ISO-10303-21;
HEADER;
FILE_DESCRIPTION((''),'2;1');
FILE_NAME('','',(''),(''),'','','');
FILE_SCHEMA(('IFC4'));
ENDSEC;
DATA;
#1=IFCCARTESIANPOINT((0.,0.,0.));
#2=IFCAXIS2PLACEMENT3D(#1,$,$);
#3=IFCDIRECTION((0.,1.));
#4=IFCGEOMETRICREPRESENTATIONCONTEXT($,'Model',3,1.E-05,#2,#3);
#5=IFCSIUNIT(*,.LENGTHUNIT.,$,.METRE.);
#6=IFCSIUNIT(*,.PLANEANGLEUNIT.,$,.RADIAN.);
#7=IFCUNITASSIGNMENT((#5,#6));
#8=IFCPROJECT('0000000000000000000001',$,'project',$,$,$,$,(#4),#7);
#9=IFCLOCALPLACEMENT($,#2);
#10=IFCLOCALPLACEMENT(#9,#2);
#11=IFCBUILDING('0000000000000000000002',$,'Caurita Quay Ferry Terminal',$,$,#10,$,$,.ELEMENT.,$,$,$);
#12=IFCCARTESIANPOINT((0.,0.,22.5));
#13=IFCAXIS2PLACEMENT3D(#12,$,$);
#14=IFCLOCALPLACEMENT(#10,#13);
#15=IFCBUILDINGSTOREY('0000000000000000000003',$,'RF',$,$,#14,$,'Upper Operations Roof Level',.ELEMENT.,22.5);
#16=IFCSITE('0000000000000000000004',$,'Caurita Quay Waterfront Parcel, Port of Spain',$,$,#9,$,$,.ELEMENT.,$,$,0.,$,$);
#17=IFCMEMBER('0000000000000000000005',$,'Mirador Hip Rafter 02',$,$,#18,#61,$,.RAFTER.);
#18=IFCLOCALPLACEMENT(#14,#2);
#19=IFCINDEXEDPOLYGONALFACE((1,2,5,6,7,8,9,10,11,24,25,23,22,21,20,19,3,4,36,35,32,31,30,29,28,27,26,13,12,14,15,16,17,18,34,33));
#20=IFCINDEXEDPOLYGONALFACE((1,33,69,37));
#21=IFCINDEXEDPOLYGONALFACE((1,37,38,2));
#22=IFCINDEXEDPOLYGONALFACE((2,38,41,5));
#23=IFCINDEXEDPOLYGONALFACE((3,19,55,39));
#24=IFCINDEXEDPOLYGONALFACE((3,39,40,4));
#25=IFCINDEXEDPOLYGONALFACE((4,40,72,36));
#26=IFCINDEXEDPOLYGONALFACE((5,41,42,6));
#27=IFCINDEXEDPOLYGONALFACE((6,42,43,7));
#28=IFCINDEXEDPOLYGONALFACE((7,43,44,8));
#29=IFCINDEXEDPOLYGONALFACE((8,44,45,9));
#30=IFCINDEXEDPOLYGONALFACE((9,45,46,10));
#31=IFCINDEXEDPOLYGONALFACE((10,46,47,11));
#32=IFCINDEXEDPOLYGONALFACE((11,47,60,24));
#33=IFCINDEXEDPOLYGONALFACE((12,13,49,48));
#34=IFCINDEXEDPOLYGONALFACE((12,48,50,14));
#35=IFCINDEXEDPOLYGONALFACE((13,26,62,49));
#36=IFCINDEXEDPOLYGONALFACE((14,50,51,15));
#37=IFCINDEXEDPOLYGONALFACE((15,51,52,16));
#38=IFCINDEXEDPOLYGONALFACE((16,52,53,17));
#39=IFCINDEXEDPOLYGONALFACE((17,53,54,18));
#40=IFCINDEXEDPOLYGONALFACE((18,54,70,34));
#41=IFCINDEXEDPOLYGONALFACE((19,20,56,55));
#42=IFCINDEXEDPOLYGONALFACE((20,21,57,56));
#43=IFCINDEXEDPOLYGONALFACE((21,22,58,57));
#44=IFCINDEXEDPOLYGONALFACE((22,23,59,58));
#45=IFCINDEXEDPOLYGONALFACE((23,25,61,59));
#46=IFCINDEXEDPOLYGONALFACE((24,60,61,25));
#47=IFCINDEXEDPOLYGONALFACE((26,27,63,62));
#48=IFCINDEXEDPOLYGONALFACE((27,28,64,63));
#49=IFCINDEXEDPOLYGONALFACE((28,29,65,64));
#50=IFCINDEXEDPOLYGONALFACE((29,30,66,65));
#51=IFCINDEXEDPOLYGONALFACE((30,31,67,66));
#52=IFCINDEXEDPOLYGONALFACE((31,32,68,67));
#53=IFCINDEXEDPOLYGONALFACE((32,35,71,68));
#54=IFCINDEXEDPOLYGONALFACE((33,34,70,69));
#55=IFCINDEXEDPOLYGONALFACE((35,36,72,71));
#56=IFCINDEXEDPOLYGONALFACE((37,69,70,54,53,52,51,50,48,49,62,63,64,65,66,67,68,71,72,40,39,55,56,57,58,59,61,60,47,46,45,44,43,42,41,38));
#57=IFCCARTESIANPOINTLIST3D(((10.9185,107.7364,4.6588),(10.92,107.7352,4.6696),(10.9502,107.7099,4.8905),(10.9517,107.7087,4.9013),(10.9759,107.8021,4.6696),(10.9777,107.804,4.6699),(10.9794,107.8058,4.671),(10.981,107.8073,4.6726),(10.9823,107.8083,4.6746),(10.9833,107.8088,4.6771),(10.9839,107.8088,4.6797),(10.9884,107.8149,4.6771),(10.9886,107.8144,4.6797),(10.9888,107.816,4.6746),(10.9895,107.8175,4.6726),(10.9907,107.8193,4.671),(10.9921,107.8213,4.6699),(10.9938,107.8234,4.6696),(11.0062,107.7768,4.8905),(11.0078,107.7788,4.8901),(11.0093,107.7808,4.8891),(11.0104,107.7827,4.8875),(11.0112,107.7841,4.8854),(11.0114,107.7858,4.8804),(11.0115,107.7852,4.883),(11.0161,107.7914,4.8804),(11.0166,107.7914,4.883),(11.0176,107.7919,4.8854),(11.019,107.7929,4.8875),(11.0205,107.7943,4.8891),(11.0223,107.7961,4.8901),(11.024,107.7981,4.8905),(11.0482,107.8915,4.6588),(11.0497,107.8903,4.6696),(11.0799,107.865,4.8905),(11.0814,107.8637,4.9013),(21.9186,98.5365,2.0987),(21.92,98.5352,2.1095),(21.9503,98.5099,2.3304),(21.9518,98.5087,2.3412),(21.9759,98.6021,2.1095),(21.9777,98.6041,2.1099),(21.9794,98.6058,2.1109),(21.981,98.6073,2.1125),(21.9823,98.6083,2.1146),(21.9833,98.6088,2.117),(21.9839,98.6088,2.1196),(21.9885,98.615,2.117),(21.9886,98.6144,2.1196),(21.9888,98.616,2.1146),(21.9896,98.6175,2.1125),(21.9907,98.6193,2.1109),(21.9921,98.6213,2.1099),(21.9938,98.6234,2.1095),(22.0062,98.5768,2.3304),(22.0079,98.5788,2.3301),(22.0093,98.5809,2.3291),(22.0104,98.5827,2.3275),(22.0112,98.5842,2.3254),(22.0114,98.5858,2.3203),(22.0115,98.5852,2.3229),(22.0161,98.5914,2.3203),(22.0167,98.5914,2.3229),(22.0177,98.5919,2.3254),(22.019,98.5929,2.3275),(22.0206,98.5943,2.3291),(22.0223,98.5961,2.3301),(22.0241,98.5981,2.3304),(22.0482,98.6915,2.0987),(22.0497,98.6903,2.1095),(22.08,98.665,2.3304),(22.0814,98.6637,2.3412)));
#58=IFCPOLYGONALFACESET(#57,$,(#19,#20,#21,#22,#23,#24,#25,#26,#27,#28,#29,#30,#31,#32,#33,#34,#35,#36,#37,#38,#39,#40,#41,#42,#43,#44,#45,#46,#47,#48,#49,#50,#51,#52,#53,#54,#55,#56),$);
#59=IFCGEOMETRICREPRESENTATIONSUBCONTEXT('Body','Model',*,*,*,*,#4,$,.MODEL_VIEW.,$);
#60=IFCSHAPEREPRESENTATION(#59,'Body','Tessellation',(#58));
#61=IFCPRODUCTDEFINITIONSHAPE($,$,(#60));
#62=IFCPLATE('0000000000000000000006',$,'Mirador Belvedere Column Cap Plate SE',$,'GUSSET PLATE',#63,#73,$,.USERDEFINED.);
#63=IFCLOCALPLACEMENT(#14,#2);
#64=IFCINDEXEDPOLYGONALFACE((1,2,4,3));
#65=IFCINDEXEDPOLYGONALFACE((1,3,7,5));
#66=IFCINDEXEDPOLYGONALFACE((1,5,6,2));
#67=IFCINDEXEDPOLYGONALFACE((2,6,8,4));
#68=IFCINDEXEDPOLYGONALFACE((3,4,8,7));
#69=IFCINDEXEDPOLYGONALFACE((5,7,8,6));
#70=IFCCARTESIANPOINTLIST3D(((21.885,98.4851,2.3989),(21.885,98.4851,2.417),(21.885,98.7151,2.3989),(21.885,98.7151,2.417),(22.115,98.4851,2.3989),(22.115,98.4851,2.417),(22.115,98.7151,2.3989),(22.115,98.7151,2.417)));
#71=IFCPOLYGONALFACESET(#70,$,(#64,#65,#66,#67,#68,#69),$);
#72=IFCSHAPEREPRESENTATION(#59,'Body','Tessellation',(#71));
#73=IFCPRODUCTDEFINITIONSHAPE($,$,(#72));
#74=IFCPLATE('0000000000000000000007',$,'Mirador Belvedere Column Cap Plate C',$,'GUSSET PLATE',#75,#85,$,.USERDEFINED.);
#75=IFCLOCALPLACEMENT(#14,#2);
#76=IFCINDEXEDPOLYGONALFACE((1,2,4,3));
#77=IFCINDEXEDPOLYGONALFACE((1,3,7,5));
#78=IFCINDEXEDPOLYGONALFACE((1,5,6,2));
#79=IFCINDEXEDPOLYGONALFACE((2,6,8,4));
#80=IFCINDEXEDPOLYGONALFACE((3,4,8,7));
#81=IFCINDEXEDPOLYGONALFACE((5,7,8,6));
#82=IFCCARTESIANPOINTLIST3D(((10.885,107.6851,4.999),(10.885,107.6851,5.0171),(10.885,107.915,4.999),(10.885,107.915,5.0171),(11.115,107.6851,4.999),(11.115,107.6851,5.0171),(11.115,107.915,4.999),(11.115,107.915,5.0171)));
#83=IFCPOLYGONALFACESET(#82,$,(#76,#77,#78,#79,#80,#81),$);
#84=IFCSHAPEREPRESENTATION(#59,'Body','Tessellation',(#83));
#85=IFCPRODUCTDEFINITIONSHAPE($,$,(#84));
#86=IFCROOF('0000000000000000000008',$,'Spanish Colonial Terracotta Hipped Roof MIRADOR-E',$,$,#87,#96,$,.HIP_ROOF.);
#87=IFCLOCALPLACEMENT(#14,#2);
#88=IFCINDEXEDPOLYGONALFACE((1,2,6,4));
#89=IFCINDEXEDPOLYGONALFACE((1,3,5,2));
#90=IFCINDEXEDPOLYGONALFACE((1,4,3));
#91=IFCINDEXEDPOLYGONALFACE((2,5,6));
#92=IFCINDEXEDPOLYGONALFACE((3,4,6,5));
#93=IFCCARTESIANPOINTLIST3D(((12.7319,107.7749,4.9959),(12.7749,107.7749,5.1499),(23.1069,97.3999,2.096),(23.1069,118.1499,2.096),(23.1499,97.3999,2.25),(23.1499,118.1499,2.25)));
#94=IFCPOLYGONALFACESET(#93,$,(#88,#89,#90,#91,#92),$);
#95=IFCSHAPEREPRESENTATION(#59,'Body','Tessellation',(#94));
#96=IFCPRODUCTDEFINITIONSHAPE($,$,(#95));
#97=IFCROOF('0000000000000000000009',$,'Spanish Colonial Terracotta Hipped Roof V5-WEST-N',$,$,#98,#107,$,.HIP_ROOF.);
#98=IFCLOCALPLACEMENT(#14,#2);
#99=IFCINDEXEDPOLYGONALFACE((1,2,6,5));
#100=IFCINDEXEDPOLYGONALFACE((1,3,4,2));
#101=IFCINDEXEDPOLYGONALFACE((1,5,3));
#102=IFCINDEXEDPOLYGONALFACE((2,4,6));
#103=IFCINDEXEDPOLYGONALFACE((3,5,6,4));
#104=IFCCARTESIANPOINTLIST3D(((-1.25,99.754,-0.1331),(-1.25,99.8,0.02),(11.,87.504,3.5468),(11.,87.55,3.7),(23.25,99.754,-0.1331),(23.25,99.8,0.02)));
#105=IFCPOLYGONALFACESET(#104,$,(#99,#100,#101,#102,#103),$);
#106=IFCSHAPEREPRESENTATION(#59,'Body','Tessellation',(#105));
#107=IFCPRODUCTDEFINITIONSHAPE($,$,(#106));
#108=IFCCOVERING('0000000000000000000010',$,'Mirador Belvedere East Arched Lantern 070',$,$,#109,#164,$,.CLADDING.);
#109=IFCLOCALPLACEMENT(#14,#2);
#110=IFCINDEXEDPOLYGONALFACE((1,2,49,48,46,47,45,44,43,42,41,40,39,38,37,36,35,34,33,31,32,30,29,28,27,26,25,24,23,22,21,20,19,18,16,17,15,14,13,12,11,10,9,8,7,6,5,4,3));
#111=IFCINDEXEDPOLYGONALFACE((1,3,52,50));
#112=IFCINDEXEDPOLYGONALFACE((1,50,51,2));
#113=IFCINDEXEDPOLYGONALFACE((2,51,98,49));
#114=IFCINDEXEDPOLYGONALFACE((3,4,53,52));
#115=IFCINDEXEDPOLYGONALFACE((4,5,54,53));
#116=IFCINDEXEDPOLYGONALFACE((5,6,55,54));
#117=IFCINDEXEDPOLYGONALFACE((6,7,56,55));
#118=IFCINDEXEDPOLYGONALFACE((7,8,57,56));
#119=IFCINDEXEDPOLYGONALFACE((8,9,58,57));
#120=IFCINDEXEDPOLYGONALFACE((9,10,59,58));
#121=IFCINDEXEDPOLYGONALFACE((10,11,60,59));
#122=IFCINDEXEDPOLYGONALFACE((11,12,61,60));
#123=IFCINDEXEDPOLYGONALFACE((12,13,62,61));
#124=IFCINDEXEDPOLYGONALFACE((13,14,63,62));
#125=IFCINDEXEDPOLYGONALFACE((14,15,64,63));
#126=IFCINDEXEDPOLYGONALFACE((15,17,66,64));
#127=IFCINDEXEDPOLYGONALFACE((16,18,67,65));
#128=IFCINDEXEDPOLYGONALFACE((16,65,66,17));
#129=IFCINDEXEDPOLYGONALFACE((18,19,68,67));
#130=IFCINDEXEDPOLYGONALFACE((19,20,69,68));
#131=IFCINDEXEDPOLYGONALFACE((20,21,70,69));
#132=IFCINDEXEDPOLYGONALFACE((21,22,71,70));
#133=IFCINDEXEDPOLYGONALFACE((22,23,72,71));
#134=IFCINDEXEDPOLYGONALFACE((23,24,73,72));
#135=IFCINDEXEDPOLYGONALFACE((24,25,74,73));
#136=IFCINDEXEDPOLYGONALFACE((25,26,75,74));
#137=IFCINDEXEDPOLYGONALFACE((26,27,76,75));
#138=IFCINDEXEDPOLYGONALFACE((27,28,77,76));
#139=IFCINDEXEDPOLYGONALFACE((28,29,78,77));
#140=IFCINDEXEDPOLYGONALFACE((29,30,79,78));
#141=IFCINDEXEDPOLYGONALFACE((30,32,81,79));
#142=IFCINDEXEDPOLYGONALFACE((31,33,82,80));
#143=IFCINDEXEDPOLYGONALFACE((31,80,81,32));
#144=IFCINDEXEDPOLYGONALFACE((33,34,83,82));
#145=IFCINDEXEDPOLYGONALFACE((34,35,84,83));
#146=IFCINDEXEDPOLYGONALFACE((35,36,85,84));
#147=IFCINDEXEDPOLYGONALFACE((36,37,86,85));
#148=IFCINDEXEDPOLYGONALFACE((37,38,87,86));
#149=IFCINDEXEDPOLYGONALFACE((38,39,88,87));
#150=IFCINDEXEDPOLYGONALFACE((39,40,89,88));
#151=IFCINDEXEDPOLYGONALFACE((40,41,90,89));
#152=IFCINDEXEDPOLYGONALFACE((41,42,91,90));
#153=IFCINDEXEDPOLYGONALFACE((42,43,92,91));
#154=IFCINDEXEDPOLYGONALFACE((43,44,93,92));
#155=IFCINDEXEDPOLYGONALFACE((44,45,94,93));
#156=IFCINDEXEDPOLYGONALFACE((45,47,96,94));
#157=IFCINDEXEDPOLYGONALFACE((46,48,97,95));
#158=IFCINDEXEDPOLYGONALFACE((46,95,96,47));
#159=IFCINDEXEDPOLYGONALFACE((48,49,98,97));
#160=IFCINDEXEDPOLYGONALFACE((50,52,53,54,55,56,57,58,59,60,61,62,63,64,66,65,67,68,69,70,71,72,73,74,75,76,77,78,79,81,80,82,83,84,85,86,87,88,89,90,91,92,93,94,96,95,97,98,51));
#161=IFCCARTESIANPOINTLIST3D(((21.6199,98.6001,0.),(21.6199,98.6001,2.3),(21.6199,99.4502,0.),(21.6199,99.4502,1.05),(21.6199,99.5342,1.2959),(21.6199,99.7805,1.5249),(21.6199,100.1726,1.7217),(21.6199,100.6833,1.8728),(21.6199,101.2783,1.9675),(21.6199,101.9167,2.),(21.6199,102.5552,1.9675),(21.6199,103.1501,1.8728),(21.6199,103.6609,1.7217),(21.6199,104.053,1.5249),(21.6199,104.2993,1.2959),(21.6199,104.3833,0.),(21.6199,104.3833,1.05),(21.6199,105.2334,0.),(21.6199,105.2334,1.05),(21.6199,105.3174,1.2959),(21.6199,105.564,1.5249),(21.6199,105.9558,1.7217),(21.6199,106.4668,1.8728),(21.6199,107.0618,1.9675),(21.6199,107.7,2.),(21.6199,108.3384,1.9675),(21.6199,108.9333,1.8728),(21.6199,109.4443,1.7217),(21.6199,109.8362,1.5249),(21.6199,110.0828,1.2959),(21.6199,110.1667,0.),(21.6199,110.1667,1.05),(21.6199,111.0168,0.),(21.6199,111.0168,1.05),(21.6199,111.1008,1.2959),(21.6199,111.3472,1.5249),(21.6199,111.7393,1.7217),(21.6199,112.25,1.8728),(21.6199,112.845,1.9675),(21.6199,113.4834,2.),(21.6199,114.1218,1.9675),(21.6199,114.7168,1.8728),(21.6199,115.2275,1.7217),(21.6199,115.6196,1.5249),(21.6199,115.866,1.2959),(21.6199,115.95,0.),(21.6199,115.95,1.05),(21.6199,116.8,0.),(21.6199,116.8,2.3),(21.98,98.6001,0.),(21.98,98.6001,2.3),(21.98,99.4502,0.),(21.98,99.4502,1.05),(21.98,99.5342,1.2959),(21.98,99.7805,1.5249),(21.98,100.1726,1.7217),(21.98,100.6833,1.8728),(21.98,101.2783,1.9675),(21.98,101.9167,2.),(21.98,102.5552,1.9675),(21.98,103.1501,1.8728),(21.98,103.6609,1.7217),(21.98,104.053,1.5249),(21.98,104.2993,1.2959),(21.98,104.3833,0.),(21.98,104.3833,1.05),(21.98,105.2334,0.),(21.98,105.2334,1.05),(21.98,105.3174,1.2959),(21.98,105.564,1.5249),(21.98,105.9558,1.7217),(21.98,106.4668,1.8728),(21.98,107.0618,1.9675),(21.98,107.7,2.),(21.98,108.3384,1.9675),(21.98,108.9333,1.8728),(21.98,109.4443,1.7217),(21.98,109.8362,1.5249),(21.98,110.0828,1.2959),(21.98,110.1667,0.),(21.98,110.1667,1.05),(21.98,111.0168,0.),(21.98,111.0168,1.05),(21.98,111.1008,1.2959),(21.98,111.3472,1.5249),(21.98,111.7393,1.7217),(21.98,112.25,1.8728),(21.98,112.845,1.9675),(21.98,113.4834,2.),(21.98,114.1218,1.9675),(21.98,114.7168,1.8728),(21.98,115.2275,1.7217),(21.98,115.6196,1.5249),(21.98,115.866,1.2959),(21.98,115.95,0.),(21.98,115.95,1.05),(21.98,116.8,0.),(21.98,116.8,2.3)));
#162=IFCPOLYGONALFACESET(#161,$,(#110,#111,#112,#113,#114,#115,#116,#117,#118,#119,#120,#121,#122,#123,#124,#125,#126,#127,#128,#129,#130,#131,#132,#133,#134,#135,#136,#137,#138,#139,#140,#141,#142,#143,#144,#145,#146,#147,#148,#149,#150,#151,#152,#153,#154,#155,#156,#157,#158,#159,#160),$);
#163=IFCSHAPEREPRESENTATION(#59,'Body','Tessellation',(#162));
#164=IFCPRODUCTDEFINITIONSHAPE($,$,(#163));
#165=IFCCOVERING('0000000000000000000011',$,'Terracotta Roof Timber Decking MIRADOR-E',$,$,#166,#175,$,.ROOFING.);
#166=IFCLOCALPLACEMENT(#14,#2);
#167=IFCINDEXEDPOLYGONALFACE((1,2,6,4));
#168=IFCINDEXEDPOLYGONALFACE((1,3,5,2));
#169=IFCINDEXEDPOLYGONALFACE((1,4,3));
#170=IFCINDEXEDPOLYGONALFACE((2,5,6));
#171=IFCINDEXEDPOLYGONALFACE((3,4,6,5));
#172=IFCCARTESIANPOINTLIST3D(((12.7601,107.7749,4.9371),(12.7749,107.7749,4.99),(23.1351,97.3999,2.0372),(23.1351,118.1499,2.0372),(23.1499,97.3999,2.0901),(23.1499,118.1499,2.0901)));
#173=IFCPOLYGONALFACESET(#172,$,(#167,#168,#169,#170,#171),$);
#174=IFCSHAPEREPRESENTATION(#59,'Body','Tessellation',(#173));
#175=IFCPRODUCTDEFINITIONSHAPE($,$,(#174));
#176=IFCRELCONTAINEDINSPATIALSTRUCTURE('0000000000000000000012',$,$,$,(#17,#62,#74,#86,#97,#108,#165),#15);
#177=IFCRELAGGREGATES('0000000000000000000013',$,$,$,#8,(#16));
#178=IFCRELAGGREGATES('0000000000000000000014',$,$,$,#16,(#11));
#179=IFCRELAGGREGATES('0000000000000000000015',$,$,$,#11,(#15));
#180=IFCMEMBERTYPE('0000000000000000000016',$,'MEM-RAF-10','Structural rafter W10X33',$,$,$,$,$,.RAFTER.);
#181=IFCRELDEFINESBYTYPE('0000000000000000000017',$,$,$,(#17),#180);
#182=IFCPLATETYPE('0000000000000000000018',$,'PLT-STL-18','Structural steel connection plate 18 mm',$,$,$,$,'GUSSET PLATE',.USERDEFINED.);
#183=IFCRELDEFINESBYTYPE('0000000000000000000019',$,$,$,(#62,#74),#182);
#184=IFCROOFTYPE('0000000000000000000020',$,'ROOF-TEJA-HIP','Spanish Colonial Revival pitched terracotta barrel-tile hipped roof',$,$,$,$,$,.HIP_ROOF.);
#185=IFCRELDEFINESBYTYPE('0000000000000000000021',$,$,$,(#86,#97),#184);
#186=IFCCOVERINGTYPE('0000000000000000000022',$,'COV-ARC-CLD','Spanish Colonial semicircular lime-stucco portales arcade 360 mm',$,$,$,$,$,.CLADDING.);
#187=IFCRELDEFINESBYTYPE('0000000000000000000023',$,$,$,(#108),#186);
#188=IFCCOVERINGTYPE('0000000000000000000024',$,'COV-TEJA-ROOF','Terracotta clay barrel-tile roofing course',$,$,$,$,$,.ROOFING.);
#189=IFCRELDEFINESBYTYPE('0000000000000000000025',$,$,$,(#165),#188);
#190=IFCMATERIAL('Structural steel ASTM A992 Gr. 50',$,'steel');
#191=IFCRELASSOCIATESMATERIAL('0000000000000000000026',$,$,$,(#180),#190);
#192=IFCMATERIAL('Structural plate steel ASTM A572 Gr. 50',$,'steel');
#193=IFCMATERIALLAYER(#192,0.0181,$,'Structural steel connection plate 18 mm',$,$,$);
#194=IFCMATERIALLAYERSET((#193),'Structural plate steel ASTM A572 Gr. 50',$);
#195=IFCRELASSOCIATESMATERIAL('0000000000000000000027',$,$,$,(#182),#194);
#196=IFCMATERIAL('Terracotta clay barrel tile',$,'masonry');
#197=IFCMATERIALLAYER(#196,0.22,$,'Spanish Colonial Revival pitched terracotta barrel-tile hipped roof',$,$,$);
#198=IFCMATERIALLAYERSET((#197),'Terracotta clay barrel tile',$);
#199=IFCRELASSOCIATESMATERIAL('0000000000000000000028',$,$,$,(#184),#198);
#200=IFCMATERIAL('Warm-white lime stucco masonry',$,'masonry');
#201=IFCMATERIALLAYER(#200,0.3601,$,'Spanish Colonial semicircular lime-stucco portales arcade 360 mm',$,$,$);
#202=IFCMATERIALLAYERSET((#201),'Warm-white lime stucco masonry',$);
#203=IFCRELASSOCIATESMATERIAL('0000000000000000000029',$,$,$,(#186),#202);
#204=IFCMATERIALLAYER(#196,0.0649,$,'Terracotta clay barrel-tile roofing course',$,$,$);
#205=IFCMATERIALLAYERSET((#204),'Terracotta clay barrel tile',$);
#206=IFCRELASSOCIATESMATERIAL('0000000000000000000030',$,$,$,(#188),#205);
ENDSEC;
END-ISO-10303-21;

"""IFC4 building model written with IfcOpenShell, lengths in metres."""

from ifc_helpers import new_model, si_unit, direction, frame, origin, origin_2d, place, context, subcontext, project, spatial, polyline, rectangle, i_section, outline, extrude, material, layer, layer_set, material_profile, profile_set, type_object, element, save


model = new_model("IFC4")

# Units and contexts
model_context = context("Model", 3, precision=1e-05, world=origin(), true_north=direction((0.0, 1.0)))
body_context = subcontext(model_context, "Body", "Model", "MODEL_VIEW")
ifc_project = project(units=[si_unit("LENGTHUNIT", "METRE"), si_unit("PLANEANGLEUNIT", "RADIAN")], contexts=[model_context])

# Site, building, storey
site_placement = place(None, origin())
site = spatial("IfcSite", under=ifc_project, at=site_placement, Name="Caurita Quay Waterfront Parcel, Port of Spain", CompositionType="ELEMENT", RefElevation=0.0)
building_placement = place(site_placement, origin())
building = spatial("IfcBuilding", under=site, at=building_placement, Name="Caurita Quay Ferry Terminal", CompositionType="ELEMENT")
storey_placement = place(building_placement, frame((0.0, 0.0, 22.5)))
storey = spatial("IfcBuildingStorey", under=building, at=storey_placement, Name="RF", LongName="Upper Operations Roof Level", CompositionType="ELEMENT", Elevation=22.5)

# Shared definitions
ifc_material_1 = material(Name="Structural steel ASTM A992 Gr. 50", Category="steel")

# Member
ifc_material_profile_1 = material_profile(ifc_material_1, i_section(OverallWidth=0.2021, OverallDepth=0.2463, WebThickness=0.0073, FlangeThickness=0.011, FilletRadius=0.0103, at=origin_2d()), Name="W10X33")
ifc_profile_set_1 = profile_set([ifc_material_profile_1], Name="Structural steel ASTM A992 Gr. 50")
member_type = type_object("IfcMemberType", Name="MEM-RAF-10", Description="Structural rafter W10X33", PredefinedType="RAFTER", material=ifc_profile_set_1)
member_placement = place(storey_placement, frame((22.0, 98.6001, 2.22), z_axis=(-0.755139, 0.631568, 0.175746), x_axis=(-0.641553, -0.767079, 0.0)))
element("IfcMember", 1, at=member_placement, inside=storey, type_object=member_type, Name="Mirador Hip Rafter 02", PredefinedType="RAFTER", context=body_context, shape_type="SweptSolid", body=[
    extrude(i_section(OverallWidth=0.2021, OverallDepth=0.2463, WebThickness=0.0073, FlangeThickness=0.011, FilletRadius=0.0103, at=origin_2d()), origin(), (0.0, 0.0, 1.0), 14.5669),
])

# Plates
ifc_material_2 = material(Name="Structural plate steel ASTM A572 Gr. 50", Category="steel")
ifc_layer_1 = layer(ifc_material_2, 0.0181, Name="Structural steel connection plate 18 mm")
ifc_layer_set_1 = layer_set([ifc_layer_1], Name="Structural plate steel ASTM A572 Gr. 50")
plate_type = type_object("IfcPlateType", Name="PLT-STL-18", Description="Structural steel connection plate 18 mm", ElementType="GUSSET PLATE", PredefinedType="USERDEFINED", material=ifc_layer_set_1)
for number, where, z_axis, x_axis, name in (
    (2, (22.0, 98.6001, 2.3989), (0.0, 0.0, 1.0), (1.0, 0.0, 0.0), "Mirador Belvedere Column Cap Plate SE"),
    (3, (11.0, 107.8, 4.999), (0.0, 0.0, 1.0), (1.0, 0.0, 0.0), "Mirador Belvedere Column Cap Plate C"),
):
    element("IfcPlate", number, at=place(storey_placement, frame(where, z_axis=z_axis, x_axis=x_axis)), inside=storey, type_object=plate_type, Name=name, ObjectType="GUSSET PLATE", PredefinedType="USERDEFINED", context=body_context, shape_type="SweptSolid", body=[
        extrude(rectangle(XDim=0.23, YDim=0.23, at=origin_2d()), origin(), (0.0, 0.0, 1.0), 0.0181),
    ])

# Roofs
ifc_material_3 = material(Name="Terracotta clay barrel tile", Category="masonry")
ifc_layer_2 = layer(ifc_material_3, 0.22, Name="Spanish Colonial Revival pitched terracotta barrel-tile hipped roof")
ifc_layer_set_2 = layer_set([ifc_layer_2], Name="Terracotta clay barrel tile")
roof_type = type_object("IfcRoofType", Name="ROOF-TEJA-HIP", Description="Spanish Colonial Revival pitched terracotta barrel-tile hipped roof", PredefinedType="HIP_ROOF", material=ifc_layer_set_2)
roof_1_placement = place(storey_placement, frame((23.1499, 97.3999, 2.25), z_axis=(0.269191, 0.0, 0.963087), x_axis=(0.0, 1.0, 0.0)))
element("IfcRoof", 4, at=roof_1_placement, inside=storey, type_object=roof_type, Name="Spanish Colonial Terracotta Hipped Roof MIRADOR-E", PredefinedType="HIP_ROOF", context=body_context, shape_type="SweptSolid", body=[
    extrude(outline(polyline([(0.0, 0.0), (20.75, 0.0), (10.375, 10.7727), (0.0, 0.0)])), origin(), (0.0, 0.0, -1.0), 0.1599),
])
roof_2_placement = place(storey_placement, frame((23.25, 99.8, 0.02), z_axis=(0.0, 0.287702, 0.95772), x_axis=(-1.0, 0.0, 0.0)))
element("IfcRoof", 5, at=roof_2_placement, inside=storey, type_object=roof_type, Name="Spanish Colonial Terracotta Hipped Roof V5-WEST-N", PredefinedType="HIP_ROOF", context=body_context, shape_type="SweptSolid", body=[
    extrude(outline(polyline([(0.0, 0.0), (24.5, 0.0), (12.25, 12.7908), (0.0, 0.0)])), origin(), (0.0, 0.0, -1.0), 0.1599),
])

# Coverings
ifc_material_4 = material(Name="Warm-white lime stucco masonry", Category="masonry")
ifc_layer_3 = layer(ifc_material_4, 0.3601, Name="Spanish Colonial semicircular lime-stucco portales arcade 360 mm")
ifc_layer_set_3 = layer_set([ifc_layer_3], Name="Warm-white lime stucco masonry")
covering_type_1 = type_object("IfcCoveringType", Name="COV-ARC-CLD", Description="Spanish Colonial semicircular lime-stucco portales arcade 360 mm", PredefinedType="CLADDING", material=ifc_layer_set_3)
covering_1_placement = place(storey_placement, frame((21.8, 98.6001, 0.0), z_axis=(0.0, 0.0, 1.0), x_axis=(0.0, 1.0, 0.0)))
element("IfcCovering", 6, at=covering_1_placement, inside=storey, type_object=covering_type_1, Name="Mirador Belvedere East Arched Lantern 070", PredefinedType="CLADDING", context=body_context, shape_type="SweptSolid", body=[
    extrude(outline(polyline([(0.0, 0.0), (0.8501, 0.0), (0.8501, 1.05), (0.9341, 1.2959), (1.1804, 1.5249), (1.5725, 1.7217), (2.0833, 1.8728), (2.6782, 1.9675), (3.3167, 2.0), (3.9551, 1.9675), (4.55, 1.8728), (5.0608, 1.7217), (5.4529, 1.5249), (5.6992, 1.2959), (5.7832, 1.05), (5.7832, 0.0), (6.6333, 0.0), (6.6333, 1.05), (6.7173, 1.2959), (6.9639, 1.5249), (7.3557, 1.7217), (7.8667, 1.8728), (8.4617, 1.9675), (9.0999, 2.0), (9.7383, 1.9675), (10.3333, 1.8728), (10.8442, 1.7217), (11.2361, 1.5249), (11.4827, 1.2959), (11.5667, 1.05), (11.5667, 0.0), (12.4167, 0.0), (12.4167, 1.05), (12.5007, 1.2959), (12.7471, 1.5249), (13.1392, 1.7217), (13.6499, 1.8728), (14.2449, 1.9675), (14.8833, 2.0), (15.5217, 1.9675), (16.1167, 1.8728), (16.6274, 1.7217), (17.0195, 1.5249), (17.2659, 1.2959), (17.3499, 1.05), (17.3499, 0.0), (18.2, 0.0), (18.2, 2.3), (0.0, 2.3), (0.0, 0.0)])), frame((0.0, 0.1802, 0.0), z_axis=(0.0, -1.0, 0.0), x_axis=(1.0, 0.0, 0.0)), (0.0, 0.0, 1.0), 0.3601),
])
ifc_layer_4 = layer(ifc_material_3, 0.0649, Name="Terracotta clay barrel-tile roofing course")
ifc_layer_set_4 = layer_set([ifc_layer_4], Name="Terracotta clay barrel tile")
covering_type_2 = type_object("IfcCoveringType", Name="COV-TEJA-ROOF", Description="Terracotta clay barrel-tile roofing course", PredefinedType="ROOFING", material=ifc_layer_set_4)
covering_2_placement = place(storey_placement, frame((23.1499, 97.3999, 2.0901), z_axis=(0.269191, 0.0, 0.963087), x_axis=(0.0, 1.0, 0.0)))
element("IfcCovering", 7, at=covering_2_placement, inside=storey, type_object=covering_type_2, Name="Terracotta Roof Timber Decking MIRADOR-E", PredefinedType="ROOFING", context=body_context, shape_type="SweptSolid", body=[
    extrude(outline(polyline([(0.0, 0.0), (20.75, 0.0), (10.375, 10.7727), (0.0, 0.0)])), origin(), (0.0, 0.0, -1.0), 0.0549),
])

save(model, "model.ifc")
